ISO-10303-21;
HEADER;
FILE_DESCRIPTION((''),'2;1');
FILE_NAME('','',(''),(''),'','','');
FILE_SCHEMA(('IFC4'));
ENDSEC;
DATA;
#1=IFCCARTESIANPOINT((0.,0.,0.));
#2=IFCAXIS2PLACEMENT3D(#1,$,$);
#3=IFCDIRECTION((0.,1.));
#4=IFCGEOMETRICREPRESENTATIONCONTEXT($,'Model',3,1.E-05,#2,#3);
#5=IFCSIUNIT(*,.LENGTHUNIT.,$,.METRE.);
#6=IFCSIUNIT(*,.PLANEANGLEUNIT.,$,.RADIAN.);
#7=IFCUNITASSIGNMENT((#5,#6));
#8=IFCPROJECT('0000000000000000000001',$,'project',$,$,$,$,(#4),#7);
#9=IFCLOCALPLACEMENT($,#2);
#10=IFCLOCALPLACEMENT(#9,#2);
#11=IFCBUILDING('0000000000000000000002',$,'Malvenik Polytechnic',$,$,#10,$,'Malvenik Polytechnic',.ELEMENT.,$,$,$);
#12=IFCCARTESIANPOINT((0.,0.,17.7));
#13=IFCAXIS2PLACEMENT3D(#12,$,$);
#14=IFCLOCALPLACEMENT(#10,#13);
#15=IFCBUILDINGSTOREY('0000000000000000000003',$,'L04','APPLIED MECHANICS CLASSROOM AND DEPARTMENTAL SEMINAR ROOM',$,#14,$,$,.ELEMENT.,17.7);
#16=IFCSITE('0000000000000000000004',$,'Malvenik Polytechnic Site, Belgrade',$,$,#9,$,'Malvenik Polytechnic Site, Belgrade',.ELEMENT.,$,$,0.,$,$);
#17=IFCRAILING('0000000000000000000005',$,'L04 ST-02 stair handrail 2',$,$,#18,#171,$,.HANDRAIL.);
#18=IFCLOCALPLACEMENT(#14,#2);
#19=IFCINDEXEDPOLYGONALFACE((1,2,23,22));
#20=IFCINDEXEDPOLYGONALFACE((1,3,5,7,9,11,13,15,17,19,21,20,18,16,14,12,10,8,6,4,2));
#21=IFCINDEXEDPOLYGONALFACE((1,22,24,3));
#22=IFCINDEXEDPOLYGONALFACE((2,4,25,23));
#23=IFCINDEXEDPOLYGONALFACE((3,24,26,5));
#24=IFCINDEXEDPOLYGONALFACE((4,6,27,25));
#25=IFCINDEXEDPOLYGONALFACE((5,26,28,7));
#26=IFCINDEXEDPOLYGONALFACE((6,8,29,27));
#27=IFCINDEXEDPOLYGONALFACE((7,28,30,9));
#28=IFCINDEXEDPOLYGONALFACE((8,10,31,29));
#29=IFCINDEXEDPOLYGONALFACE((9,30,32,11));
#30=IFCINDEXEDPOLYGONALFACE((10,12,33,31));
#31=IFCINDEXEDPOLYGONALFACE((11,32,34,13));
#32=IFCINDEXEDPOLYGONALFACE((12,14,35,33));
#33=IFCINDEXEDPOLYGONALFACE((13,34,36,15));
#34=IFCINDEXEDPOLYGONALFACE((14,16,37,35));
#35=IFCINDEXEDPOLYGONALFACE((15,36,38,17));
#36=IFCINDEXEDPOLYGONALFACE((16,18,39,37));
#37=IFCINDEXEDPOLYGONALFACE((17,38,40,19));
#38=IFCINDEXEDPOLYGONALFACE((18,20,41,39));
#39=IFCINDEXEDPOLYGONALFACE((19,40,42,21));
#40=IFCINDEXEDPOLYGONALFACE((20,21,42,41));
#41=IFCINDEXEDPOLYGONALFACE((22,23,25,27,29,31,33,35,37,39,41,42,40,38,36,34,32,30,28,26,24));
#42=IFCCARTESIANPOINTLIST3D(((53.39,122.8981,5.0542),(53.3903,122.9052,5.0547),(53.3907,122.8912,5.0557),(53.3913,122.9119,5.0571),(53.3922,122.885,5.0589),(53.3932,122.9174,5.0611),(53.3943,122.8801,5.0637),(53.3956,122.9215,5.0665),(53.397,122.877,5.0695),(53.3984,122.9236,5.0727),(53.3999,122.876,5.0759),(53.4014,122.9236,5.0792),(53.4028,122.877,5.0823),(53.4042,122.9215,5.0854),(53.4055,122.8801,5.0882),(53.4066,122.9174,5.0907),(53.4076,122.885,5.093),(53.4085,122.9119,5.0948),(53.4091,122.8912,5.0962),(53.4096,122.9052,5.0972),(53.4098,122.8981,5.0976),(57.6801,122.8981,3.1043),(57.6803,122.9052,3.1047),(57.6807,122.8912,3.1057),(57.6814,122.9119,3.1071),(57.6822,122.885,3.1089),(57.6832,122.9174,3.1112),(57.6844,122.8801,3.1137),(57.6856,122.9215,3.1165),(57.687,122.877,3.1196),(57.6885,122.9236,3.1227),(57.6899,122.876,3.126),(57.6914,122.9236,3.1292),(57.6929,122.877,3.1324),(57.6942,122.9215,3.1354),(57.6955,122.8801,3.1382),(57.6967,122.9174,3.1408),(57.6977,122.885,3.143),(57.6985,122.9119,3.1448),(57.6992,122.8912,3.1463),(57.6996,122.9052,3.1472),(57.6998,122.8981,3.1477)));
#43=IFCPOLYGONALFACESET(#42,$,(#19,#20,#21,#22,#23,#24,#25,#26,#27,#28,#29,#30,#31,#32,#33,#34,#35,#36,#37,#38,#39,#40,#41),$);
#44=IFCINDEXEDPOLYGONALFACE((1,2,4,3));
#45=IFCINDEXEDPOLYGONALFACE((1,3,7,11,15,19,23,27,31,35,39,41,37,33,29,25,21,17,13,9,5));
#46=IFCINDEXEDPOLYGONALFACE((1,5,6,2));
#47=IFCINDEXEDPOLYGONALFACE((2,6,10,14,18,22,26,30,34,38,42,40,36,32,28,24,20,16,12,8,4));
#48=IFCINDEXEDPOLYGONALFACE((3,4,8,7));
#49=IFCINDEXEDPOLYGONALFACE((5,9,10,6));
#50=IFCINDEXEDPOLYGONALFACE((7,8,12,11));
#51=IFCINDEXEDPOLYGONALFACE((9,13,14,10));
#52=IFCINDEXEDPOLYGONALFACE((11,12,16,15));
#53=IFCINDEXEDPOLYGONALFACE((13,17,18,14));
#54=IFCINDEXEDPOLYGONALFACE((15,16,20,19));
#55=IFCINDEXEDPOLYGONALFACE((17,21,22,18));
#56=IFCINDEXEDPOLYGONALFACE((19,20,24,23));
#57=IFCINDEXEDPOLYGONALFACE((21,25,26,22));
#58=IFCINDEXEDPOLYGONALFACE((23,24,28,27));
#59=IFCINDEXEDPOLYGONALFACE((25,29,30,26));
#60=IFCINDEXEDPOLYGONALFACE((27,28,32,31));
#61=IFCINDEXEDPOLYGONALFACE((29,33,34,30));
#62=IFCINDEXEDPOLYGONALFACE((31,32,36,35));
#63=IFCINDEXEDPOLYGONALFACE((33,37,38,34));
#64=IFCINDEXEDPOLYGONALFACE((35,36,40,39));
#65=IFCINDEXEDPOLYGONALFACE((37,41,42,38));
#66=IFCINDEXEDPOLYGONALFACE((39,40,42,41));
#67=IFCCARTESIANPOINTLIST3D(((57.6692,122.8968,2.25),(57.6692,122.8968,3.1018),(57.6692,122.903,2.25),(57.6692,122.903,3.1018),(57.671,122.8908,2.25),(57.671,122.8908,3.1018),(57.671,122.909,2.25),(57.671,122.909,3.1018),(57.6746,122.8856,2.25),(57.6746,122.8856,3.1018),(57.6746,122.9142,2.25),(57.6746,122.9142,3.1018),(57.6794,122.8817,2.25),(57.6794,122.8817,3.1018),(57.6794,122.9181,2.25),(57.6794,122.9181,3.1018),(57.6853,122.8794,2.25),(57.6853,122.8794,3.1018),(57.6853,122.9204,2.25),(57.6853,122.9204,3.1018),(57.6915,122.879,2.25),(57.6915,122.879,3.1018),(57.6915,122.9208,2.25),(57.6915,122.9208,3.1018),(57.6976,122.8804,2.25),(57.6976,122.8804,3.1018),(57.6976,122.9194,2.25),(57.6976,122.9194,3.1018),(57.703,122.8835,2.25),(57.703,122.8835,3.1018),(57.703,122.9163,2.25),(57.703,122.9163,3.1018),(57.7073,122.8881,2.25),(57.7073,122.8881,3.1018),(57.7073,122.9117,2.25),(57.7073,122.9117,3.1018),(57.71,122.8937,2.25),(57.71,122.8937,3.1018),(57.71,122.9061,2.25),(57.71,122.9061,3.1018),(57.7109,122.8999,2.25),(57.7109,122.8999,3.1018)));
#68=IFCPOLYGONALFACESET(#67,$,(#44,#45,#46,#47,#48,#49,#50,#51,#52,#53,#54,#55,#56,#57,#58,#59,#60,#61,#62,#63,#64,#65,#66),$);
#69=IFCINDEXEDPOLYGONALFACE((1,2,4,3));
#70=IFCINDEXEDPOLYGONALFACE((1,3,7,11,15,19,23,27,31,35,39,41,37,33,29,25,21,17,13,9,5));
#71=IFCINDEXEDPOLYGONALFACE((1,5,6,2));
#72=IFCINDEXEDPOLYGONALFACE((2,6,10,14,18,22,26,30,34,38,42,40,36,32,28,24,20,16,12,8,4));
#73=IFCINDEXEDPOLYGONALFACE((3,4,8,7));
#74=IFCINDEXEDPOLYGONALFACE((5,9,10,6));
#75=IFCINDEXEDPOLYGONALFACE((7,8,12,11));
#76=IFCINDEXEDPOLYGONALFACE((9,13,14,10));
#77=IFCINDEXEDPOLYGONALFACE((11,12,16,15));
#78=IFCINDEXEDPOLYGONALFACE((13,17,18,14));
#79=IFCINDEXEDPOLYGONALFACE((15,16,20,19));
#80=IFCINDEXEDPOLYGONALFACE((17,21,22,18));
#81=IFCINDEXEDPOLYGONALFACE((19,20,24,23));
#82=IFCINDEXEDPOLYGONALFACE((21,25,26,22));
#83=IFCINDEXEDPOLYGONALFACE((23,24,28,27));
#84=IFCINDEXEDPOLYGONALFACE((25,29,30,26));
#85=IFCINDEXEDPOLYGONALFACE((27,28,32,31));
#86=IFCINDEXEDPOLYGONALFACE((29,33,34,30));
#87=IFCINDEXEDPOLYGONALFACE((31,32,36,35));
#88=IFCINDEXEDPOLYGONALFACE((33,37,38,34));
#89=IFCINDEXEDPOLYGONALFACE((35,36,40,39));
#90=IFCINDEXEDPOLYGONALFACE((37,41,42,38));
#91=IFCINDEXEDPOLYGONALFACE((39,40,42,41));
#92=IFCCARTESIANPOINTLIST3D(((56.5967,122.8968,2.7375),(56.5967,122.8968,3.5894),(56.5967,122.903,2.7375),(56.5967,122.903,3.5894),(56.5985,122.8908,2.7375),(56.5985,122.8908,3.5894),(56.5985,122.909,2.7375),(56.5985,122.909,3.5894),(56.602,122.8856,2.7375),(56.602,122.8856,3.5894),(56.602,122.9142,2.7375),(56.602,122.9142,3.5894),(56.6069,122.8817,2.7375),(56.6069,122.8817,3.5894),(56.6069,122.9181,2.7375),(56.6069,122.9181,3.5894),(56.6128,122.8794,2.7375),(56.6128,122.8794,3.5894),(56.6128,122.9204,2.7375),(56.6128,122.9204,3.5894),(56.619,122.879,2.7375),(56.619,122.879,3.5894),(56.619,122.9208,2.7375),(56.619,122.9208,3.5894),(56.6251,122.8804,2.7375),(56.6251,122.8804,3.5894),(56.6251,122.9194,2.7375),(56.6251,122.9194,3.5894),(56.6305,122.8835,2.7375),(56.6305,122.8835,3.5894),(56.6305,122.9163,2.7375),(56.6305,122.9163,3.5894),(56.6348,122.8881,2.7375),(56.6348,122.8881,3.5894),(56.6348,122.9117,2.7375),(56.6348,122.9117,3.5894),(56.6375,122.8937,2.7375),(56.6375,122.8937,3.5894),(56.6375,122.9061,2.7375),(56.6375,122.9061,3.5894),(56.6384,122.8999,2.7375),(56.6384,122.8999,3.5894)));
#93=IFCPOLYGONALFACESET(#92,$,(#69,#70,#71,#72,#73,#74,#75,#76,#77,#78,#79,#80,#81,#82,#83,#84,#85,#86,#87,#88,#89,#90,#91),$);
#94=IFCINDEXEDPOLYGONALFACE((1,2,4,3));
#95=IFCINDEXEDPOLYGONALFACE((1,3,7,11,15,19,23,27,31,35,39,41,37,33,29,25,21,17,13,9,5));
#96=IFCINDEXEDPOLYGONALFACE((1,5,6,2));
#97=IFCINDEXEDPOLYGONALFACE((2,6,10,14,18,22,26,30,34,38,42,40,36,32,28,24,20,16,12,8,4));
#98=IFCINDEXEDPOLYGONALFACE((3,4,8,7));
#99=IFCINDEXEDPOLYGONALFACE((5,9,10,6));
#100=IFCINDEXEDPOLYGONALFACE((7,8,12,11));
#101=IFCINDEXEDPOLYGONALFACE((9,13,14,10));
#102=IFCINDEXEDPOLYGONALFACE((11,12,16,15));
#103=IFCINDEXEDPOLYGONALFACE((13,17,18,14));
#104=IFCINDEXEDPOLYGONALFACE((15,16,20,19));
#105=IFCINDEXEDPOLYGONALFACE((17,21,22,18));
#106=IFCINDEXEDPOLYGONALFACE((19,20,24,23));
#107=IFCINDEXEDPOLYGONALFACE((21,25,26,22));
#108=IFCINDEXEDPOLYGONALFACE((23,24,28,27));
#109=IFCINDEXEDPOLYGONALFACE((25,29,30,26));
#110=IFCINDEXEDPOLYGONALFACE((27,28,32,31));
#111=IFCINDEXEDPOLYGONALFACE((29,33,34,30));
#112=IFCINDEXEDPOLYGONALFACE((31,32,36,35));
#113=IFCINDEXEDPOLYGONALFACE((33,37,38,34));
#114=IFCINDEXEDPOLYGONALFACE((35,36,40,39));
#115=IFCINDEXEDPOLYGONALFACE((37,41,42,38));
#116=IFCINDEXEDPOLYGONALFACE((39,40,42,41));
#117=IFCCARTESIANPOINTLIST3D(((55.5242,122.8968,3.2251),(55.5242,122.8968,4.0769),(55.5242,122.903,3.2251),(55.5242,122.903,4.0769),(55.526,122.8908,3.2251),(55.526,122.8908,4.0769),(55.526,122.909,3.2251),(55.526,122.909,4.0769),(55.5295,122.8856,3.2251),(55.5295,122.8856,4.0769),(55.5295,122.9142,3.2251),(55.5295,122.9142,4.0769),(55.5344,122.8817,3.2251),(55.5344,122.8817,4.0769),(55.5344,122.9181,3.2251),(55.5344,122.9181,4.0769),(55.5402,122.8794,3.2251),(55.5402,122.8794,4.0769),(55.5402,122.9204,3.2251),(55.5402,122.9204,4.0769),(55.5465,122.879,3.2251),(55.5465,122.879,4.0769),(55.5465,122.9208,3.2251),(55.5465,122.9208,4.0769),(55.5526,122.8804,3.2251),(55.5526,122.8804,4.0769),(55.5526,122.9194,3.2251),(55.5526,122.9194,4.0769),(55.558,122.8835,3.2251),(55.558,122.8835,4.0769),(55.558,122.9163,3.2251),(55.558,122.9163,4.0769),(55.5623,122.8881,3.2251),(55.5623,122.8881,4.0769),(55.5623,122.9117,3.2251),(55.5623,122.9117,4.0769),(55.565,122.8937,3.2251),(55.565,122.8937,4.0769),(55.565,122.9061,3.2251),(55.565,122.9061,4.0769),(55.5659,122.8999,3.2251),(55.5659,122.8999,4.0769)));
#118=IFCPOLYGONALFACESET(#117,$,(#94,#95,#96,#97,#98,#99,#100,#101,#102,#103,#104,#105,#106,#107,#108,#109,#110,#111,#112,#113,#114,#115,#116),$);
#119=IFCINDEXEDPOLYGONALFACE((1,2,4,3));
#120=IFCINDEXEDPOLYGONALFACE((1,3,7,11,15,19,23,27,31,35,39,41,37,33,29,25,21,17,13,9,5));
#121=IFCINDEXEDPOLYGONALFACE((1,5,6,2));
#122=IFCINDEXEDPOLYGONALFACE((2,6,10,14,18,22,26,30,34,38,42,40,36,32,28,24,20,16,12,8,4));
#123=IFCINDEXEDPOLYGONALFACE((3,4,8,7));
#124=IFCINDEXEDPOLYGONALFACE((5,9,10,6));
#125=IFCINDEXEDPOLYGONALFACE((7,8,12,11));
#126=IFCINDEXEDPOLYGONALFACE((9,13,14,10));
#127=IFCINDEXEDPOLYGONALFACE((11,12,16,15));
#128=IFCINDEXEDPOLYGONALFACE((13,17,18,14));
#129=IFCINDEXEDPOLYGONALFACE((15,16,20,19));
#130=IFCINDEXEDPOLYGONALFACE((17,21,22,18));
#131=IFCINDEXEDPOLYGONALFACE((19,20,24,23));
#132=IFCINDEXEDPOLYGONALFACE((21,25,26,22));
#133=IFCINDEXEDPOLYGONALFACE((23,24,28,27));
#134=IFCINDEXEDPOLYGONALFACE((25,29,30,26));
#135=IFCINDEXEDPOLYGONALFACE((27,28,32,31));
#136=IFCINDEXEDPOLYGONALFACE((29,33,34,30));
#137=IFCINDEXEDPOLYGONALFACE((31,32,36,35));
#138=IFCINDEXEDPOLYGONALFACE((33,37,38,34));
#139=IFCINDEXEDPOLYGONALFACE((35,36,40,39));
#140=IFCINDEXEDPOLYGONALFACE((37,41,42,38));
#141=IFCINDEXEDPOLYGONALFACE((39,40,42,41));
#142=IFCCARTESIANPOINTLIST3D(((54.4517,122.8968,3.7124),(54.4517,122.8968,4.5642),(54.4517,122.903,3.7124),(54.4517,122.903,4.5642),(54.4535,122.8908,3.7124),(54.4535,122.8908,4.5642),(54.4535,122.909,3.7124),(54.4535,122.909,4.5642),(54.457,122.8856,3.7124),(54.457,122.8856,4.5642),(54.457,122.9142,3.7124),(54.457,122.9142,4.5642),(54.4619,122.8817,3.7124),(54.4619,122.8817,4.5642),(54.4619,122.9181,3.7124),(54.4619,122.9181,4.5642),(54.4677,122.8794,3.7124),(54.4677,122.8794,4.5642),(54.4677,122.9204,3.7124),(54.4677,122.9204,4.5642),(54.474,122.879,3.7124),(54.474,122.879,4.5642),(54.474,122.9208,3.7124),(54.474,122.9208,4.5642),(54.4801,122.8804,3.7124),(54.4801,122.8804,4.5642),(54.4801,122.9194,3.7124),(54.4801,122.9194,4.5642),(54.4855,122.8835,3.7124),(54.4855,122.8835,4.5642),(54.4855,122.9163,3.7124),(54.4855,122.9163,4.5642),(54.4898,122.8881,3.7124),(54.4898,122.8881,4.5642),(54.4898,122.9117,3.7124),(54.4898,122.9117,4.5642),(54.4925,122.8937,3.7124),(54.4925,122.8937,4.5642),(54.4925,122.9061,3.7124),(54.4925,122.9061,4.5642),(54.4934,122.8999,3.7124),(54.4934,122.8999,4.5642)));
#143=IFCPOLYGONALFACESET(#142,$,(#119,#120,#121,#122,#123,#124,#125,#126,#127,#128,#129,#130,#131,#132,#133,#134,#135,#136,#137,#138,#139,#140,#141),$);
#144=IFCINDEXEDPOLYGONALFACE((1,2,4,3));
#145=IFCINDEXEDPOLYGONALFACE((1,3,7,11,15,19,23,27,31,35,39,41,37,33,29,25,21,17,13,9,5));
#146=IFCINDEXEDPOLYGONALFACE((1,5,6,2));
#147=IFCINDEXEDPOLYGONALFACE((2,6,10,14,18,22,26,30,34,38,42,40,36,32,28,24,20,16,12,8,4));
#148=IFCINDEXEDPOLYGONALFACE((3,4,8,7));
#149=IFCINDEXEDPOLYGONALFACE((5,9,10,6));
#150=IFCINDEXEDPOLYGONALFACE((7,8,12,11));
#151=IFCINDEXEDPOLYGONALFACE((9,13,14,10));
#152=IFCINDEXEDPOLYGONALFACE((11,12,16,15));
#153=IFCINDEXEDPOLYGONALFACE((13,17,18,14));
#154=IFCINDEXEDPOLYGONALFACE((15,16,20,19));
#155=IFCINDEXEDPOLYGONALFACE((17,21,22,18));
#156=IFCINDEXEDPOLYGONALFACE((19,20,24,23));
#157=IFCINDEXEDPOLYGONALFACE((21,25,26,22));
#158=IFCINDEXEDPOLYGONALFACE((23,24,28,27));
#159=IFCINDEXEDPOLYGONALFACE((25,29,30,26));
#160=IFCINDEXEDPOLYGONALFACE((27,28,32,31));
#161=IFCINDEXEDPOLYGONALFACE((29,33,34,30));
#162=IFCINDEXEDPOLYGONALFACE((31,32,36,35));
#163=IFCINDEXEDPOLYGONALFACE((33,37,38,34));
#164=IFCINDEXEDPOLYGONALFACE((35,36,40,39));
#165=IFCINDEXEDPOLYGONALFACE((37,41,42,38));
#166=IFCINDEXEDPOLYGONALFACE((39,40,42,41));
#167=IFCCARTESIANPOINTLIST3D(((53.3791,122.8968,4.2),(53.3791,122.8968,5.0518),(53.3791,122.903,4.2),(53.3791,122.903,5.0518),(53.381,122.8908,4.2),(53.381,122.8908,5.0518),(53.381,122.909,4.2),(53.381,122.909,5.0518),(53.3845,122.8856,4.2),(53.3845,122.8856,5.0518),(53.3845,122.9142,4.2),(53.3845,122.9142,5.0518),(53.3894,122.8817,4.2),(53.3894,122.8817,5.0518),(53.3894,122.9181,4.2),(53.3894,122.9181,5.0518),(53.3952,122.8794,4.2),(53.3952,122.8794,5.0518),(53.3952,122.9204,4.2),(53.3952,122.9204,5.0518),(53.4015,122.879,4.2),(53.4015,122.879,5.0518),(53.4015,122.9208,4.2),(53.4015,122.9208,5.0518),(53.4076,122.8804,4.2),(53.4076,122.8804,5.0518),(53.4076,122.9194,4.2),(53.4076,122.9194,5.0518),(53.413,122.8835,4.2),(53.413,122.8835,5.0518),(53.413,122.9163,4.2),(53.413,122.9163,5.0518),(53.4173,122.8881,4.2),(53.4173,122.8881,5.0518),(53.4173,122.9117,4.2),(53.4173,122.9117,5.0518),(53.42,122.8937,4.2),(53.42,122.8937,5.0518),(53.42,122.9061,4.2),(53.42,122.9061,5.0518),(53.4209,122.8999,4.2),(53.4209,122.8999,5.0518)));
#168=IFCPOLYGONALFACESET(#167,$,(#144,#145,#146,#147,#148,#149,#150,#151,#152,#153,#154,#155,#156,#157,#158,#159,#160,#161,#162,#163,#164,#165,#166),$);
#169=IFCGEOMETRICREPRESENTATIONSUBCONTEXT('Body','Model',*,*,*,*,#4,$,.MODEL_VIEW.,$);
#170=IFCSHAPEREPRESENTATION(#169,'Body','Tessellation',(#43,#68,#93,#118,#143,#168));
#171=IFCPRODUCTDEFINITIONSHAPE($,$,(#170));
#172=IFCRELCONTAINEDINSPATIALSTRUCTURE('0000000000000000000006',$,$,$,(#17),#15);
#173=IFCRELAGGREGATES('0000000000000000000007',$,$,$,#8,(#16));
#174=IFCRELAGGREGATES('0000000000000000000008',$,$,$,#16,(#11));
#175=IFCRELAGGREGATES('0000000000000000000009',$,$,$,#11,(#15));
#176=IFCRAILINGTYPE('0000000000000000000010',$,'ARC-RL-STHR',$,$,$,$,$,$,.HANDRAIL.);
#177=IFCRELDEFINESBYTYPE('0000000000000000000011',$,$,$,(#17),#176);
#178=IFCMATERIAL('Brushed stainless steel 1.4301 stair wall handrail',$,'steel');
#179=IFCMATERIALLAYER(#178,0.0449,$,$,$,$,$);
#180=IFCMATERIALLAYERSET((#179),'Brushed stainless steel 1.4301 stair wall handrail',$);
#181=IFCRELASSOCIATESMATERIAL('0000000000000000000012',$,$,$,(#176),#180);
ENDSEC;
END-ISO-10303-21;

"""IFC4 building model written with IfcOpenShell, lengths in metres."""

from ifc_helpers import new_model, si_unit, direction, frame, origin, origin_2d, place, context, subcontext, project, spatial, circle, extrude, material, layer, layer_set, type_object, element, save


model = new_model("IFC4")

# Units and contexts
model_context = context("Model", 3, precision=1e-05, world=origin(), true_north=direction((0.0, 1.0)))
body_context = subcontext(model_context, "Body", "Model", "MODEL_VIEW")
ifc_project = project(units=[si_unit("LENGTHUNIT", "METRE"), si_unit("PLANEANGLEUNIT", "RADIAN")], contexts=[model_context])

# Site, building, storey
site_placement = place(None, origin())
site = spatial("IfcSite", under=ifc_project, at=site_placement, Name="Malvenik Polytechnic Site, Belgrade", LongName="Malvenik Polytechnic Site, Belgrade", CompositionType="ELEMENT", RefElevation=0.0)
building_placement = place(site_placement, origin())
building = spatial("IfcBuilding", under=site, at=building_placement, Name="Malvenik Polytechnic", LongName="Malvenik Polytechnic", CompositionType="ELEMENT")
storey_placement = place(building_placement, frame((0.0, 0.0, 17.7)))
storey = spatial("IfcBuildingStorey", under=building, at=storey_placement, Name="L04", Description="APPLIED MECHANICS CLASSROOM AND DEPARTMENTAL SEMINAR ROOM", CompositionType="ELEMENT", Elevation=17.7)

# Railing
ifc_material_1 = material(Name="Brushed stainless steel 1.4301 stair wall handrail", Category="steel")
ifc_layer_1 = layer(ifc_material_1, 0.0449)
ifc_layer_set_1 = layer_set([ifc_layer_1], Name="Brushed stainless steel 1.4301 stair wall handrail")
railing_type_1 = type_object("IfcRailingType", Name="ARC-RL-STHR", PredefinedType="HANDRAIL", material=ifc_layer_set_1)
railing_1_placement = place(storey_placement, frame((57.6899, 122.8999, 2.25)))
element("IfcRailing", 1, at=railing_1_placement, inside=storey, type_object=railing_type_1, Name="L04 ST-02 stair handrail 2", PredefinedType="HANDRAIL", context=body_context, shape_type="SweptSolid", body=[
    extrude(circle(Radius=0.0239, at=origin_2d()), frame((0.0, 0.0, 0.876), z_axis=(-0.910372, 0.0, 0.413791), x_axis=(0.0, -1.0, 0.0)), (0.0, 0.0, 1.0), 4.7124),
    extrude(circle(Radius=0.021, at=origin_2d()), origin(), (0.0, 0.0, 1.0), 0.8518),
    extrude(circle(Radius=0.021, at=origin_2d()), frame((-1.0725, 0.0, 0.4875)), (0.0, 0.0, 1.0), 0.8518),
    extrude(circle(Radius=0.021, at=origin_2d()), frame((-2.145, 0.0, 0.9751)), (0.0, 0.0, 1.0), 0.8518),
    extrude(circle(Radius=0.021, at=origin_2d()), frame((-3.2175, 0.0, 1.4624)), (0.0, 0.0, 1.0), 0.8518),
    extrude(circle(Radius=0.021, at=origin_2d()), frame((-4.29, 0.0, 1.95)), (0.0, 0.0, 1.0), 0.8518),
])

save(model, "model.ifc")
